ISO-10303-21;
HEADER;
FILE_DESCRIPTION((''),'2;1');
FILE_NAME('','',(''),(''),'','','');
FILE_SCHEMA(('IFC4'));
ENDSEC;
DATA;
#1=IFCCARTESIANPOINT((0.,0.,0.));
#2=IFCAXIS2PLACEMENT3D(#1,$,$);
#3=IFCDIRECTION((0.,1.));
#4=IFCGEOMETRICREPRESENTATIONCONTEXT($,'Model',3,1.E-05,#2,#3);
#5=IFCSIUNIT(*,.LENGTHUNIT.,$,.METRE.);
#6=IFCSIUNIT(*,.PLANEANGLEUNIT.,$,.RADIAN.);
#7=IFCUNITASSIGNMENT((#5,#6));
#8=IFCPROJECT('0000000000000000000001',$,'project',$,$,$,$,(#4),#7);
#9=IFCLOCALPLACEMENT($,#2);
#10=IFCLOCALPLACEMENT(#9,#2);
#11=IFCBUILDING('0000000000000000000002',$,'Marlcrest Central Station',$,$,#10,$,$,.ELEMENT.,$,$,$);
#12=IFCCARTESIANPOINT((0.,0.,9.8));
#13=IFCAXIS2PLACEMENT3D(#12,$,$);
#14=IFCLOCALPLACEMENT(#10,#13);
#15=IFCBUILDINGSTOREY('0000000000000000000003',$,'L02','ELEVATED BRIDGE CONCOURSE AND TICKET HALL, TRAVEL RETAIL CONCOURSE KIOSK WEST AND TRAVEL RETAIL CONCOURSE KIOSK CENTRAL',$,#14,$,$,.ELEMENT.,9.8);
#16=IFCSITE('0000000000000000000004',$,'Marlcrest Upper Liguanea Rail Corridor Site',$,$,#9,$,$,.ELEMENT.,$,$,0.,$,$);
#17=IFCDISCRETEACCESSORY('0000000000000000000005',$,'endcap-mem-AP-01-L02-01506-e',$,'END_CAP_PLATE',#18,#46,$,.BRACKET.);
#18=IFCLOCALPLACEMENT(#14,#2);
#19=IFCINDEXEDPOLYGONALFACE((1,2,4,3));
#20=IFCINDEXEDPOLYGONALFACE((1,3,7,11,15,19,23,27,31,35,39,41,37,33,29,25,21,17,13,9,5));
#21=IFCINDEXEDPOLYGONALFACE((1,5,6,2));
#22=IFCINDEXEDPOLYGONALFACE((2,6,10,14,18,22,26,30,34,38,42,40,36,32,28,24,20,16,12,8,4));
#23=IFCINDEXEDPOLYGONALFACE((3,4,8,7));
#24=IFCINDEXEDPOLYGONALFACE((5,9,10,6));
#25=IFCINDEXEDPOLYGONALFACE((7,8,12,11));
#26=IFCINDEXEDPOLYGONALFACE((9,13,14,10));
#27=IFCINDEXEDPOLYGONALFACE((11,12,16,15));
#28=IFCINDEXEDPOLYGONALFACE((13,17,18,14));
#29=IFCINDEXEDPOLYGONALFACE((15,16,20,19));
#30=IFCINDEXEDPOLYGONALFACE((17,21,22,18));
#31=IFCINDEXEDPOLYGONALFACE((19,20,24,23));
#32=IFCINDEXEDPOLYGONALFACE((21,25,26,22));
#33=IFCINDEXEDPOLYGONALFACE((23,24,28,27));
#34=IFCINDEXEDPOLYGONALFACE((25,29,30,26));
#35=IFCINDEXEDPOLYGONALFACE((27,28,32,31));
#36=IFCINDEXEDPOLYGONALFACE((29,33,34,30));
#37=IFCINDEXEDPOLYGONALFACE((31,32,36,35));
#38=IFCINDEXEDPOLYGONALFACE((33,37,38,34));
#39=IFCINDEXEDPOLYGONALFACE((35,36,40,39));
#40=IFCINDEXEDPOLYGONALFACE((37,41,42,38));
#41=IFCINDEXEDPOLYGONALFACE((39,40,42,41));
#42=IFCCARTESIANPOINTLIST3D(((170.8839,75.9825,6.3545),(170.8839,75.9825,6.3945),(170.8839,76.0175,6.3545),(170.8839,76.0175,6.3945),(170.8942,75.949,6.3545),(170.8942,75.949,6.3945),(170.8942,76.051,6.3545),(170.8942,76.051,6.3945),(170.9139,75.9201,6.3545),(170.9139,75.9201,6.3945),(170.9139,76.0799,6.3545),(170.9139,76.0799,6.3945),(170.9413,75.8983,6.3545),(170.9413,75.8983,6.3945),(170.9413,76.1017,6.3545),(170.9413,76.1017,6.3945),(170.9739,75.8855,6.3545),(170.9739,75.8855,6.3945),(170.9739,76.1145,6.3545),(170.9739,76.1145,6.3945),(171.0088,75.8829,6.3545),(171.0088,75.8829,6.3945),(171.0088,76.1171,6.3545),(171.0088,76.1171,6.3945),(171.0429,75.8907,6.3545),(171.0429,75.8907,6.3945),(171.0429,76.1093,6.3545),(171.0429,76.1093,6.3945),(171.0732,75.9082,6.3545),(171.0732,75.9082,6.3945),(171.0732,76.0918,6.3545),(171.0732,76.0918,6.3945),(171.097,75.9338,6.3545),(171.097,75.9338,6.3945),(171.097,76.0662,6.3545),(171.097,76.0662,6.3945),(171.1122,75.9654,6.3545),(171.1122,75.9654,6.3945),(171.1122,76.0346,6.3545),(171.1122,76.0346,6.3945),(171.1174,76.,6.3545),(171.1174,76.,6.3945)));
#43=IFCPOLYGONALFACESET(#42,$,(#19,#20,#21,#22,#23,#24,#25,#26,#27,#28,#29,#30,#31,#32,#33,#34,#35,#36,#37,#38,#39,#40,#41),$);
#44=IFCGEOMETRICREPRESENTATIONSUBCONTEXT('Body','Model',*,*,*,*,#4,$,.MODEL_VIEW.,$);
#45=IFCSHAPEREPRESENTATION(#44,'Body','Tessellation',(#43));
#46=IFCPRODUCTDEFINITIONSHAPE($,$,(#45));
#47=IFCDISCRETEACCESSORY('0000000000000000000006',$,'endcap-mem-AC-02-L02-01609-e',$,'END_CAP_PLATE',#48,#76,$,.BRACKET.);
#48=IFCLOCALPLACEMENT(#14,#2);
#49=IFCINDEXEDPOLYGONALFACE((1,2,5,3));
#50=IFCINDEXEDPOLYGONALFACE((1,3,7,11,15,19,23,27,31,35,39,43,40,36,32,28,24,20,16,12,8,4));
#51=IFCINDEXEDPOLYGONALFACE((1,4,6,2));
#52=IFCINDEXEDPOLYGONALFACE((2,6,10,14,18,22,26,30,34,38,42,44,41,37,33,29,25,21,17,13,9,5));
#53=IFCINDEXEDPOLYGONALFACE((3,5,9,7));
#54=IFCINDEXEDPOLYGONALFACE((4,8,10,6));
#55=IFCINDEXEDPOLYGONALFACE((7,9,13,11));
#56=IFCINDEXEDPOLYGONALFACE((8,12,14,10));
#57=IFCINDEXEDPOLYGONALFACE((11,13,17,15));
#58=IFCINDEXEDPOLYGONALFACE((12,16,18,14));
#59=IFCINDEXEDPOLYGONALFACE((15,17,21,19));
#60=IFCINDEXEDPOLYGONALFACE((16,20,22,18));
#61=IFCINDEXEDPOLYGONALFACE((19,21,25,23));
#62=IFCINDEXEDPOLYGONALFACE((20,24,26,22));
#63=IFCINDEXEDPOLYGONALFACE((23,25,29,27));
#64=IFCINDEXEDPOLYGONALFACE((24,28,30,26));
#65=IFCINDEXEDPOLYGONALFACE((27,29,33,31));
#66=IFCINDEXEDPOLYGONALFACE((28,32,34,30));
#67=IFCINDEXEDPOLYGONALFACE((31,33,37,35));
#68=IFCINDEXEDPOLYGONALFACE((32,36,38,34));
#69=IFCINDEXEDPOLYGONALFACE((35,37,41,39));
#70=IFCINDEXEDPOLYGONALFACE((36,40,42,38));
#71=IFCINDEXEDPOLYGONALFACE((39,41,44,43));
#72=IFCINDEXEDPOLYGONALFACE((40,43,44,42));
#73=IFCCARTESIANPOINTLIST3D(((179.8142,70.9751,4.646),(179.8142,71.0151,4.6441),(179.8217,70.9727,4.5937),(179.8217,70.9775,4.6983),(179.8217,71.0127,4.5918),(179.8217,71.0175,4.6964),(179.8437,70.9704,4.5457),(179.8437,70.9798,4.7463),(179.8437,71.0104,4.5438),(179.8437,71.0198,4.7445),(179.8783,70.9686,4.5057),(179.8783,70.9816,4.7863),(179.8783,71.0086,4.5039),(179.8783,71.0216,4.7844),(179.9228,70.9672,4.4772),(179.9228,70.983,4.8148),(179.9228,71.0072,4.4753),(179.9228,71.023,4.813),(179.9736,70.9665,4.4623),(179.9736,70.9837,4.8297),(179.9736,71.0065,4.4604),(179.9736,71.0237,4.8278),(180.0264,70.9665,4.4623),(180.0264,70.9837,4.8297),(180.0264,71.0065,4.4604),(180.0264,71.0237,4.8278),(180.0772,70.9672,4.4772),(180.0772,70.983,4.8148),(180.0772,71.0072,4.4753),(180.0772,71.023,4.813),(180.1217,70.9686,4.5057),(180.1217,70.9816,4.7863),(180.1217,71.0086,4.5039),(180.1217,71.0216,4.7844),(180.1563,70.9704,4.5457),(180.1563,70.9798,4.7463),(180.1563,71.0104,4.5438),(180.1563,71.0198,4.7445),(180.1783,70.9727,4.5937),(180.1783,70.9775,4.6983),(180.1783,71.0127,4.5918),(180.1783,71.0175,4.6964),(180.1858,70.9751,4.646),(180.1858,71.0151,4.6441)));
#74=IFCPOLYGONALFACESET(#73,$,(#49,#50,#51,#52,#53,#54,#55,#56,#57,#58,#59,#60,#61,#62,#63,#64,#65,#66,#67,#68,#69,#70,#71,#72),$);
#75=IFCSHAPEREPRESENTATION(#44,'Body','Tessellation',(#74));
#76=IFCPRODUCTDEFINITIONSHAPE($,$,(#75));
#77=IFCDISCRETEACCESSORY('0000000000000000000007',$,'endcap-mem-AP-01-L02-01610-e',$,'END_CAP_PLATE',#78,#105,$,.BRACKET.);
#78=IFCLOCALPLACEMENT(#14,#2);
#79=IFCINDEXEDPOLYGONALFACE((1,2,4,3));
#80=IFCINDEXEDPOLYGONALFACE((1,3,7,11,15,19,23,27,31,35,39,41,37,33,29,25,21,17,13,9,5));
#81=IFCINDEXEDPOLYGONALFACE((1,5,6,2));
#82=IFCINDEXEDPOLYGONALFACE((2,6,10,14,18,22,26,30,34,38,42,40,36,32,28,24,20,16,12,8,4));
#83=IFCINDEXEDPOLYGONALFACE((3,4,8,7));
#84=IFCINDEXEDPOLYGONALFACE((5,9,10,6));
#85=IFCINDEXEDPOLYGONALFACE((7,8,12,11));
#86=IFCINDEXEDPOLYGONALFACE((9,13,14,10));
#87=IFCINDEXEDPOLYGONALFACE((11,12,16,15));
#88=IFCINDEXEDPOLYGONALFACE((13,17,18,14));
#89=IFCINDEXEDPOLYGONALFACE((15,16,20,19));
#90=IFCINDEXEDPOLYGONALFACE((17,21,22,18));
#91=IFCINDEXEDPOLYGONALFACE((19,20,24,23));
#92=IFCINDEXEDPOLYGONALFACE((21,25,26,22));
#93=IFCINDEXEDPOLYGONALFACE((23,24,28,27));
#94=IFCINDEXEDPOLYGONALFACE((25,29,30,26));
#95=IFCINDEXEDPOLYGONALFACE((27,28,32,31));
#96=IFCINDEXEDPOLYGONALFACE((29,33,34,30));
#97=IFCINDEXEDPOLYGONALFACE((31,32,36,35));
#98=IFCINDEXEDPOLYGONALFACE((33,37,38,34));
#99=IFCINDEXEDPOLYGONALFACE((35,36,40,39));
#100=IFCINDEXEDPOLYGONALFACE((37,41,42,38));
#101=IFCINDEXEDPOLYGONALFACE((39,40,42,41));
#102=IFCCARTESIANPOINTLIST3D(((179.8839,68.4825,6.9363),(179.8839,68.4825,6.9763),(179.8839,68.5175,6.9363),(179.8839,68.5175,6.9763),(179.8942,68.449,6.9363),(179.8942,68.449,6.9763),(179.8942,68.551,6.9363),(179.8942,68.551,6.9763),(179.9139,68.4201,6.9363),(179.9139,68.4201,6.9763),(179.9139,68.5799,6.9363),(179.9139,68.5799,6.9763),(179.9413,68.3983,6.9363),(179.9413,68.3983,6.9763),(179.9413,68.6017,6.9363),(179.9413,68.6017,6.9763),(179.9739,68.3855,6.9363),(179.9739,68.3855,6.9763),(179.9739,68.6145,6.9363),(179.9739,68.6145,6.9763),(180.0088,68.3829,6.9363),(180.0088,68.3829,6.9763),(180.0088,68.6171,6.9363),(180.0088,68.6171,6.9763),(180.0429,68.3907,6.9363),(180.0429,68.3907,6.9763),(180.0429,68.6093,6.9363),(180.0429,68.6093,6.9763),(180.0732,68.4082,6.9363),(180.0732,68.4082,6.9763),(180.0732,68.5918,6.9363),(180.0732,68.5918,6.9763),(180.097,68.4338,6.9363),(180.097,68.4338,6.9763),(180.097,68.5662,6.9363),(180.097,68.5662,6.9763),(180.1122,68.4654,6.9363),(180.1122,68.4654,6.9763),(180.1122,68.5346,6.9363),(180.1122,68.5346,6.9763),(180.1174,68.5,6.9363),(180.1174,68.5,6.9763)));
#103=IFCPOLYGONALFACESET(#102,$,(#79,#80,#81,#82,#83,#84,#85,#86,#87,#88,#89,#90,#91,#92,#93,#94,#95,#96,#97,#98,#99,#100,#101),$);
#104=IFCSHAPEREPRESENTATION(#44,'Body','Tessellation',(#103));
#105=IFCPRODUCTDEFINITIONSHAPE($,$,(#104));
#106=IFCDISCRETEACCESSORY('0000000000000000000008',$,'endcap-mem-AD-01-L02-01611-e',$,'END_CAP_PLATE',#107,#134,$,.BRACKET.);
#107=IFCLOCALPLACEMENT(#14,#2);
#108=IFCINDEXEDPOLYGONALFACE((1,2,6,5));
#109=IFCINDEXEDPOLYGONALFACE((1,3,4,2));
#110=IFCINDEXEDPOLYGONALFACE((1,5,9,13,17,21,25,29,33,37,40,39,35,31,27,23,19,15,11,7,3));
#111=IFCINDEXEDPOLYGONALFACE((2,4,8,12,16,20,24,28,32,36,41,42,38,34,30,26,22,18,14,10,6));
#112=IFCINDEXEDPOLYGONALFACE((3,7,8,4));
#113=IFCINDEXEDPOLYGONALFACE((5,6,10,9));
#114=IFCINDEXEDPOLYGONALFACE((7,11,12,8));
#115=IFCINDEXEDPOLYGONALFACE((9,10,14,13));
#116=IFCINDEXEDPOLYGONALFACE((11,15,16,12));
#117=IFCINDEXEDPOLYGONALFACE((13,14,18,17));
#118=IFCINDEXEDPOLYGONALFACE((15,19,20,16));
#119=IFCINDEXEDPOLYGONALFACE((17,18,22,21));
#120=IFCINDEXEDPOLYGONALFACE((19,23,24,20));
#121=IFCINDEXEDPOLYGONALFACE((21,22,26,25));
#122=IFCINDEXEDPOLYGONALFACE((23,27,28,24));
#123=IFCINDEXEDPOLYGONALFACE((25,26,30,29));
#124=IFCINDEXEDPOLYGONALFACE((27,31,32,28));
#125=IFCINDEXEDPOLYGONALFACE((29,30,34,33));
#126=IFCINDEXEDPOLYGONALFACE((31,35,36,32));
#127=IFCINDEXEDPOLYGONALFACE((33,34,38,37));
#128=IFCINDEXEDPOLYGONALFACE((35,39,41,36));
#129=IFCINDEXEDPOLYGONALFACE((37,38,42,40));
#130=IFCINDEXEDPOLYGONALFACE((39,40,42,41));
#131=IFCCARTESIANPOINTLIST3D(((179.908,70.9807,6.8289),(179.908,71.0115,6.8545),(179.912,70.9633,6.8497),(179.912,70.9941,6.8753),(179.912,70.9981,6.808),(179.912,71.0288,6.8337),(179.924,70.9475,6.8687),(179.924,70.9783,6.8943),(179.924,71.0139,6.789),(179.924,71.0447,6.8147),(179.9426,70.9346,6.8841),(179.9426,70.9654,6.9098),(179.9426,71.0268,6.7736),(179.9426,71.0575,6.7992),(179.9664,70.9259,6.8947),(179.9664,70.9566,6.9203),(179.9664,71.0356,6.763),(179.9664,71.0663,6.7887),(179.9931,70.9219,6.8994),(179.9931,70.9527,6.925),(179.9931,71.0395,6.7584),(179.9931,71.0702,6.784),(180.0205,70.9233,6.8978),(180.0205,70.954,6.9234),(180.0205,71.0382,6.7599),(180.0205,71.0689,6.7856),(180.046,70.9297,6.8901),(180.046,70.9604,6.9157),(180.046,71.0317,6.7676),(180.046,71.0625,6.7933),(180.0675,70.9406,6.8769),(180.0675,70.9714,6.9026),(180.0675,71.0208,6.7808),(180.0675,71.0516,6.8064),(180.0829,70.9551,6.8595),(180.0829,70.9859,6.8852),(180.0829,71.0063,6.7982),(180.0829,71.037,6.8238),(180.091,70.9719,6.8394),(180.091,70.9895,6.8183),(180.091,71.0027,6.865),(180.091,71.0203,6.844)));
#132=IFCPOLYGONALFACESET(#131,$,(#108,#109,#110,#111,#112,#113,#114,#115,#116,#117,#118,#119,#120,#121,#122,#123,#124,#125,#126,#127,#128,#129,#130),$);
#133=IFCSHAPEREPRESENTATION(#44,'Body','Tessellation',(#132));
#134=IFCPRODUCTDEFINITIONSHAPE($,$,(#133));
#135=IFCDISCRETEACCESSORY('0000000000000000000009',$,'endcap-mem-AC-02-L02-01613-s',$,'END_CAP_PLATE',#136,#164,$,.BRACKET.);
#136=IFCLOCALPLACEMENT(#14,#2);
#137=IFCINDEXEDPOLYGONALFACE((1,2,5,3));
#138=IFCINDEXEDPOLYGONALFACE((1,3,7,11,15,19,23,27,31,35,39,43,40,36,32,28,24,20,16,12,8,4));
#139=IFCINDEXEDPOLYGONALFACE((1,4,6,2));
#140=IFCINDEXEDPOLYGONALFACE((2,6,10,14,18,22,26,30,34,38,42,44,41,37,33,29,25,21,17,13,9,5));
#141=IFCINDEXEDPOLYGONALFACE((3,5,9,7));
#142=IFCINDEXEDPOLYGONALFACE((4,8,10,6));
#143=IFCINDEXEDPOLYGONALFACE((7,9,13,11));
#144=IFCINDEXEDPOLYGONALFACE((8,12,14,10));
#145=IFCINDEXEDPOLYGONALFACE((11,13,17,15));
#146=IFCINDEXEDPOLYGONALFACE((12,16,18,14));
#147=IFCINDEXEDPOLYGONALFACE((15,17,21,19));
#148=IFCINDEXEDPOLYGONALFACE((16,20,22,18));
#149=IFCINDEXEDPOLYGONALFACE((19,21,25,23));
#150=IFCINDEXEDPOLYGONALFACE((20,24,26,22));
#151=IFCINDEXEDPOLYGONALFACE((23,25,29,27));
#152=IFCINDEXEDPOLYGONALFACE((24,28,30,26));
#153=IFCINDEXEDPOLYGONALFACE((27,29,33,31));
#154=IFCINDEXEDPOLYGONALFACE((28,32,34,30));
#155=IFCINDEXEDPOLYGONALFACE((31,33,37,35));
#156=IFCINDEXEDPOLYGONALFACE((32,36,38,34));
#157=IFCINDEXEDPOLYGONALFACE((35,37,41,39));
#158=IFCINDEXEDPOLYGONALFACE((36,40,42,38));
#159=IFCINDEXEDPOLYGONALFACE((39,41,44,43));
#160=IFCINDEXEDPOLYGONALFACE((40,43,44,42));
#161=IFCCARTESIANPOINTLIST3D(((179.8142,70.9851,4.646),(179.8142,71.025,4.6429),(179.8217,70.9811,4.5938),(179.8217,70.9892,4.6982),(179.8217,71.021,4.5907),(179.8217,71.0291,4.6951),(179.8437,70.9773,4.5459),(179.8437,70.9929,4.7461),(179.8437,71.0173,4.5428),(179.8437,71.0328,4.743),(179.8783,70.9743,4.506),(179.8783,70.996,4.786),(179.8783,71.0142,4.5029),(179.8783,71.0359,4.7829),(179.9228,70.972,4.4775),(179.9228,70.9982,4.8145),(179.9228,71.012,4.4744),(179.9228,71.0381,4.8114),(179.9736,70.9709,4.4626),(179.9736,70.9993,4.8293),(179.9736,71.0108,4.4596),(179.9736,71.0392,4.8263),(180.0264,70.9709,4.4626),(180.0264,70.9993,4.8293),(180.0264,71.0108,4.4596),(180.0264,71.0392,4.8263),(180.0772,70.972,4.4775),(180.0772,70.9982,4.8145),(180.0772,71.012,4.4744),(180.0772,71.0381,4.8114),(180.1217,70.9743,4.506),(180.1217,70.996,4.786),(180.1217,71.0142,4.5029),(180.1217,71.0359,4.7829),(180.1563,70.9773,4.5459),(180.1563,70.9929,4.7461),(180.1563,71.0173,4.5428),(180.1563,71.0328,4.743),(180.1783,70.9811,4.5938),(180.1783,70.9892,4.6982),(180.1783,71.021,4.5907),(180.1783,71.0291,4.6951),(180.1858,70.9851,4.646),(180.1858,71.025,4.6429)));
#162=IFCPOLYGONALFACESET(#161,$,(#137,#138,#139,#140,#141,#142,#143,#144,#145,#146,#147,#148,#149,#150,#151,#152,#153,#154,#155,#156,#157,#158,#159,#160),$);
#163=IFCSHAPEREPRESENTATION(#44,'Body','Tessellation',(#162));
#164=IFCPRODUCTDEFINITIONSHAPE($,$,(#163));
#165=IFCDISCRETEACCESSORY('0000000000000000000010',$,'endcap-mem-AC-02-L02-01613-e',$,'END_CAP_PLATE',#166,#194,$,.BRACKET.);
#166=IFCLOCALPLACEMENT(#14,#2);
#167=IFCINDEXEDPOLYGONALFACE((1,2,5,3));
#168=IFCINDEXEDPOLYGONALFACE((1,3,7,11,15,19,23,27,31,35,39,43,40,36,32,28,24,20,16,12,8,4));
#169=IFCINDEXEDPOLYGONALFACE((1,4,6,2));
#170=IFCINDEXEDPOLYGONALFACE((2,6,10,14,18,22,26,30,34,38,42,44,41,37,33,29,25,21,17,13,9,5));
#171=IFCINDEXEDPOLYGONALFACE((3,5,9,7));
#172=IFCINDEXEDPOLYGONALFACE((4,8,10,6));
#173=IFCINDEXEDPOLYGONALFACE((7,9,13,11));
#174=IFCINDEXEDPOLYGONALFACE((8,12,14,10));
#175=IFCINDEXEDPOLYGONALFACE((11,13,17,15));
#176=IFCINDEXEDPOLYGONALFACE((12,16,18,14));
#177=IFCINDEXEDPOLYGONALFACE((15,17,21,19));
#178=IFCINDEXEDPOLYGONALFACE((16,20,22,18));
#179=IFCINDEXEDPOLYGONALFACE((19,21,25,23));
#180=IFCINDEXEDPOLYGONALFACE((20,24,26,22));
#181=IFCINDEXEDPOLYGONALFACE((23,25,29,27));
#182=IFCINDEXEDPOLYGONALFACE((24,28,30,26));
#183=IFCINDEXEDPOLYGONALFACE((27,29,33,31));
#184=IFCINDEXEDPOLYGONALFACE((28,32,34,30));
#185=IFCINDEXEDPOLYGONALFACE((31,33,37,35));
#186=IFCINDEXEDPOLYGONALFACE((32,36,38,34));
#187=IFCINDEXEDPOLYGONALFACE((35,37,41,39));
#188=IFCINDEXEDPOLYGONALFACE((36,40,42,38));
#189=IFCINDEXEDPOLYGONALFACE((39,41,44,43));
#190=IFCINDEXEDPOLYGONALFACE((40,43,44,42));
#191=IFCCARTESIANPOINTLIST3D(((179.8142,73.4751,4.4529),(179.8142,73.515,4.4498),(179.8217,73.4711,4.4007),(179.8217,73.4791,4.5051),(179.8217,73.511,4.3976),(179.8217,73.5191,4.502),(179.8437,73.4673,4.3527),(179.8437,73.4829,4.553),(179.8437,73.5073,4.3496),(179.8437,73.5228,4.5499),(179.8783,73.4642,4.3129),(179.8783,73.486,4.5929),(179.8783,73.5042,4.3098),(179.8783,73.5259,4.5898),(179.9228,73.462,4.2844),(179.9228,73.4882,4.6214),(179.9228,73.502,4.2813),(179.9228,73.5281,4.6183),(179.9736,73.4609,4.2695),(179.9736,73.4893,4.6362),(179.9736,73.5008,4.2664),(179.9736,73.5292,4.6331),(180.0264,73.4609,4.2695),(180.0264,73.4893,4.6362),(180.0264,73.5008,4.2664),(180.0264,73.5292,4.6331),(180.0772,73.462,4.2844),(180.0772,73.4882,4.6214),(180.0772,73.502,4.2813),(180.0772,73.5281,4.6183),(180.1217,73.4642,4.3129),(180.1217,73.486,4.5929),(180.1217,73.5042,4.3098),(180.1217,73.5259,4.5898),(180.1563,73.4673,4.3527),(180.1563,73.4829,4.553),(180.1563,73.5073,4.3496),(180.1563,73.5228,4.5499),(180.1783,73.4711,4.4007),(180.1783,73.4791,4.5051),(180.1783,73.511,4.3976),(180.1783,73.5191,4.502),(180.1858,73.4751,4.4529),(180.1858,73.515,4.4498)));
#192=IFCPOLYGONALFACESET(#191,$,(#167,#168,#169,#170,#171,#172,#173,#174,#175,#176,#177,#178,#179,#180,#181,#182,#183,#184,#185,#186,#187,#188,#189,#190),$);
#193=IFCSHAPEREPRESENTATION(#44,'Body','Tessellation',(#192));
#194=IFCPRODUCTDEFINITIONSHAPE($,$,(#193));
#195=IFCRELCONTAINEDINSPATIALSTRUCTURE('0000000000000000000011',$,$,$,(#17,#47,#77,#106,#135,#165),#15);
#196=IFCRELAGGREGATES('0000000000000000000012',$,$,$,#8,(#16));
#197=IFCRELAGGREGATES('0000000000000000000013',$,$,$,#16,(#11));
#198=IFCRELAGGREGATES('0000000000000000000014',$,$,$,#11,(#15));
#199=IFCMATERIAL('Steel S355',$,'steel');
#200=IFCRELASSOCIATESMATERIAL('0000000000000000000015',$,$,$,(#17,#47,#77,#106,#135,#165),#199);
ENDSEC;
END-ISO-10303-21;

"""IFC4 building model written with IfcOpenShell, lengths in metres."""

from ifc_helpers import new_model, si_unit, direction, frame, origin, origin_2d, place, context, subcontext, project, spatial, circle, extrude, material, element, save


model = new_model("IFC4")

# Units and contexts
model_context = context("Model", 3, precision=1e-05, world=origin(), true_north=direction((0.0, 1.0)))
body_context = subcontext(model_context, "Body", "Model", "MODEL_VIEW")
ifc_project = project(units=[si_unit("LENGTHUNIT", "METRE"), si_unit("PLANEANGLEUNIT", "RADIAN")], contexts=[model_context])

# Site, building, storey
site_placement = place(None, origin())
site = spatial("IfcSite", under=ifc_project, at=site_placement, Name="Marlcrest Upper Liguanea Rail Corridor Site", CompositionType="ELEMENT", RefElevation=0.0)
building_placement = place(site_placement, origin())
building = spatial("IfcBuilding", under=site, at=building_placement, Name="Marlcrest Central Station", CompositionType="ELEMENT")
storey_placement = place(building_placement, frame((0.0, 0.0, 9.8)))
storey = spatial("IfcBuildingStorey", under=building, at=storey_placement, Name="L02", Description="ELEVATED BRIDGE CONCOURSE AND TICKET HALL, TRAVEL RETAIL CONCOURSE KIOSK WEST AND TRAVEL RETAIL CONCOURSE KIOSK CENTRAL", CompositionType="ELEMENT", Elevation=9.8)

# Shared definitions
ifc_material = material(Name="Steel S355", Category="steel")

# Discrete accessories
for number, where, z_axis, x_axis, name in (
    (1, (171.0, 76.0, 6.3545), (0.0, 0.0, 1.0), (1.0, 0.0, 0.0), "endcap-mem-AP-01-L02-01506-e"),
):
    element("IfcDiscreteAccessory", number, at=place(storey_placement, frame(where, z_axis=z_axis, x_axis=x_axis)), inside=storey, material=ifc_material, Name=name, ObjectType="END_CAP_PLATE", PredefinedType="BRACKET", context=body_context, shape_type="SweptSolid", body=[
        extrude(circle(Radius=0.1174, at=origin_2d()), origin(), (0.0, 0.0, 1.0), 0.04),
    ])
discrete_accessory_1_placement = place(storey_placement, frame((180.0, 70.9751, 4.646), z_axis=(0.0, 0.998917, -0.046532), x_axis=(-1.0, 0.0, 0.0)))
element("IfcDiscreteAccessory", 2, at=discrete_accessory_1_placement, inside=storey, material=ifc_material, Name="endcap-mem-AC-02-L02-01609-e", ObjectType="END_CAP_PLATE", PredefinedType="BRACKET", context=body_context, shape_type="SweptSolid", body=[
    extrude(circle(Radius=0.1858, at=origin_2d()), origin(), (0.0, 0.0, 1.0), 0.04),
])
discrete_accessory_2_placement = place(storey_placement, frame((180.0, 68.5, 6.9363), z_axis=(0.0, 0.0, 1.0), x_axis=(1.0, 0.0, 0.0)))
element("IfcDiscreteAccessory", 3, at=discrete_accessory_2_placement, inside=storey, material=ifc_material, Name="endcap-mem-AP-01-L02-01610-e", ObjectType="END_CAP_PLATE", PredefinedType="BRACKET", context=body_context, shape_type="SweptSolid", body=[
    extrude(circle(Radius=0.1174, at=origin_2d()), origin(), (0.0, 0.0, 1.0), 0.04),
])
discrete_accessory_3_placement = place(storey_placement, frame((180.0, 70.9807, 6.8289), z_axis=(0.0, 0.76816, 0.640258), x_axis=(-1.0, 0.0, 0.0)))
element("IfcDiscreteAccessory", 4, at=discrete_accessory_3_placement, inside=storey, material=ifc_material, Name="endcap-mem-AD-01-L02-01611-e", ObjectType="END_CAP_PLATE", PredefinedType="BRACKET", context=body_context, shape_type="SweptSolid", body=[
    extrude(circle(Radius=0.092, at=origin_2d()), origin(), (0.0, 0.0, 1.0), 0.04),
])
for number, where, z_axis, x_axis, name in (
    (5, (180.0, 70.9851, 4.646), (0.0, 0.997007, -0.077307), (-1.0, 0.0, 0.0), "endcap-mem-AC-02-L02-01613-s"),
    (6, (180.0, 73.4751, 4.4529), (0.0, 0.997007, -0.077307), (-1.0, 0.0, 0.0), "endcap-mem-AC-02-L02-01613-e"),
):
    element("IfcDiscreteAccessory", number, at=place(storey_placement, frame(where, z_axis=z_axis, x_axis=x_axis)), inside=storey, material=ifc_material, Name=name, ObjectType="END_CAP_PLATE", PredefinedType="BRACKET", context=body_context, shape_type="SweptSolid", body=[
        extrude(circle(Radius=0.1858, at=origin_2d()), origin(), (0.0, 0.0, 1.0), 0.04),
    ])

save(model, "model.ifc")
